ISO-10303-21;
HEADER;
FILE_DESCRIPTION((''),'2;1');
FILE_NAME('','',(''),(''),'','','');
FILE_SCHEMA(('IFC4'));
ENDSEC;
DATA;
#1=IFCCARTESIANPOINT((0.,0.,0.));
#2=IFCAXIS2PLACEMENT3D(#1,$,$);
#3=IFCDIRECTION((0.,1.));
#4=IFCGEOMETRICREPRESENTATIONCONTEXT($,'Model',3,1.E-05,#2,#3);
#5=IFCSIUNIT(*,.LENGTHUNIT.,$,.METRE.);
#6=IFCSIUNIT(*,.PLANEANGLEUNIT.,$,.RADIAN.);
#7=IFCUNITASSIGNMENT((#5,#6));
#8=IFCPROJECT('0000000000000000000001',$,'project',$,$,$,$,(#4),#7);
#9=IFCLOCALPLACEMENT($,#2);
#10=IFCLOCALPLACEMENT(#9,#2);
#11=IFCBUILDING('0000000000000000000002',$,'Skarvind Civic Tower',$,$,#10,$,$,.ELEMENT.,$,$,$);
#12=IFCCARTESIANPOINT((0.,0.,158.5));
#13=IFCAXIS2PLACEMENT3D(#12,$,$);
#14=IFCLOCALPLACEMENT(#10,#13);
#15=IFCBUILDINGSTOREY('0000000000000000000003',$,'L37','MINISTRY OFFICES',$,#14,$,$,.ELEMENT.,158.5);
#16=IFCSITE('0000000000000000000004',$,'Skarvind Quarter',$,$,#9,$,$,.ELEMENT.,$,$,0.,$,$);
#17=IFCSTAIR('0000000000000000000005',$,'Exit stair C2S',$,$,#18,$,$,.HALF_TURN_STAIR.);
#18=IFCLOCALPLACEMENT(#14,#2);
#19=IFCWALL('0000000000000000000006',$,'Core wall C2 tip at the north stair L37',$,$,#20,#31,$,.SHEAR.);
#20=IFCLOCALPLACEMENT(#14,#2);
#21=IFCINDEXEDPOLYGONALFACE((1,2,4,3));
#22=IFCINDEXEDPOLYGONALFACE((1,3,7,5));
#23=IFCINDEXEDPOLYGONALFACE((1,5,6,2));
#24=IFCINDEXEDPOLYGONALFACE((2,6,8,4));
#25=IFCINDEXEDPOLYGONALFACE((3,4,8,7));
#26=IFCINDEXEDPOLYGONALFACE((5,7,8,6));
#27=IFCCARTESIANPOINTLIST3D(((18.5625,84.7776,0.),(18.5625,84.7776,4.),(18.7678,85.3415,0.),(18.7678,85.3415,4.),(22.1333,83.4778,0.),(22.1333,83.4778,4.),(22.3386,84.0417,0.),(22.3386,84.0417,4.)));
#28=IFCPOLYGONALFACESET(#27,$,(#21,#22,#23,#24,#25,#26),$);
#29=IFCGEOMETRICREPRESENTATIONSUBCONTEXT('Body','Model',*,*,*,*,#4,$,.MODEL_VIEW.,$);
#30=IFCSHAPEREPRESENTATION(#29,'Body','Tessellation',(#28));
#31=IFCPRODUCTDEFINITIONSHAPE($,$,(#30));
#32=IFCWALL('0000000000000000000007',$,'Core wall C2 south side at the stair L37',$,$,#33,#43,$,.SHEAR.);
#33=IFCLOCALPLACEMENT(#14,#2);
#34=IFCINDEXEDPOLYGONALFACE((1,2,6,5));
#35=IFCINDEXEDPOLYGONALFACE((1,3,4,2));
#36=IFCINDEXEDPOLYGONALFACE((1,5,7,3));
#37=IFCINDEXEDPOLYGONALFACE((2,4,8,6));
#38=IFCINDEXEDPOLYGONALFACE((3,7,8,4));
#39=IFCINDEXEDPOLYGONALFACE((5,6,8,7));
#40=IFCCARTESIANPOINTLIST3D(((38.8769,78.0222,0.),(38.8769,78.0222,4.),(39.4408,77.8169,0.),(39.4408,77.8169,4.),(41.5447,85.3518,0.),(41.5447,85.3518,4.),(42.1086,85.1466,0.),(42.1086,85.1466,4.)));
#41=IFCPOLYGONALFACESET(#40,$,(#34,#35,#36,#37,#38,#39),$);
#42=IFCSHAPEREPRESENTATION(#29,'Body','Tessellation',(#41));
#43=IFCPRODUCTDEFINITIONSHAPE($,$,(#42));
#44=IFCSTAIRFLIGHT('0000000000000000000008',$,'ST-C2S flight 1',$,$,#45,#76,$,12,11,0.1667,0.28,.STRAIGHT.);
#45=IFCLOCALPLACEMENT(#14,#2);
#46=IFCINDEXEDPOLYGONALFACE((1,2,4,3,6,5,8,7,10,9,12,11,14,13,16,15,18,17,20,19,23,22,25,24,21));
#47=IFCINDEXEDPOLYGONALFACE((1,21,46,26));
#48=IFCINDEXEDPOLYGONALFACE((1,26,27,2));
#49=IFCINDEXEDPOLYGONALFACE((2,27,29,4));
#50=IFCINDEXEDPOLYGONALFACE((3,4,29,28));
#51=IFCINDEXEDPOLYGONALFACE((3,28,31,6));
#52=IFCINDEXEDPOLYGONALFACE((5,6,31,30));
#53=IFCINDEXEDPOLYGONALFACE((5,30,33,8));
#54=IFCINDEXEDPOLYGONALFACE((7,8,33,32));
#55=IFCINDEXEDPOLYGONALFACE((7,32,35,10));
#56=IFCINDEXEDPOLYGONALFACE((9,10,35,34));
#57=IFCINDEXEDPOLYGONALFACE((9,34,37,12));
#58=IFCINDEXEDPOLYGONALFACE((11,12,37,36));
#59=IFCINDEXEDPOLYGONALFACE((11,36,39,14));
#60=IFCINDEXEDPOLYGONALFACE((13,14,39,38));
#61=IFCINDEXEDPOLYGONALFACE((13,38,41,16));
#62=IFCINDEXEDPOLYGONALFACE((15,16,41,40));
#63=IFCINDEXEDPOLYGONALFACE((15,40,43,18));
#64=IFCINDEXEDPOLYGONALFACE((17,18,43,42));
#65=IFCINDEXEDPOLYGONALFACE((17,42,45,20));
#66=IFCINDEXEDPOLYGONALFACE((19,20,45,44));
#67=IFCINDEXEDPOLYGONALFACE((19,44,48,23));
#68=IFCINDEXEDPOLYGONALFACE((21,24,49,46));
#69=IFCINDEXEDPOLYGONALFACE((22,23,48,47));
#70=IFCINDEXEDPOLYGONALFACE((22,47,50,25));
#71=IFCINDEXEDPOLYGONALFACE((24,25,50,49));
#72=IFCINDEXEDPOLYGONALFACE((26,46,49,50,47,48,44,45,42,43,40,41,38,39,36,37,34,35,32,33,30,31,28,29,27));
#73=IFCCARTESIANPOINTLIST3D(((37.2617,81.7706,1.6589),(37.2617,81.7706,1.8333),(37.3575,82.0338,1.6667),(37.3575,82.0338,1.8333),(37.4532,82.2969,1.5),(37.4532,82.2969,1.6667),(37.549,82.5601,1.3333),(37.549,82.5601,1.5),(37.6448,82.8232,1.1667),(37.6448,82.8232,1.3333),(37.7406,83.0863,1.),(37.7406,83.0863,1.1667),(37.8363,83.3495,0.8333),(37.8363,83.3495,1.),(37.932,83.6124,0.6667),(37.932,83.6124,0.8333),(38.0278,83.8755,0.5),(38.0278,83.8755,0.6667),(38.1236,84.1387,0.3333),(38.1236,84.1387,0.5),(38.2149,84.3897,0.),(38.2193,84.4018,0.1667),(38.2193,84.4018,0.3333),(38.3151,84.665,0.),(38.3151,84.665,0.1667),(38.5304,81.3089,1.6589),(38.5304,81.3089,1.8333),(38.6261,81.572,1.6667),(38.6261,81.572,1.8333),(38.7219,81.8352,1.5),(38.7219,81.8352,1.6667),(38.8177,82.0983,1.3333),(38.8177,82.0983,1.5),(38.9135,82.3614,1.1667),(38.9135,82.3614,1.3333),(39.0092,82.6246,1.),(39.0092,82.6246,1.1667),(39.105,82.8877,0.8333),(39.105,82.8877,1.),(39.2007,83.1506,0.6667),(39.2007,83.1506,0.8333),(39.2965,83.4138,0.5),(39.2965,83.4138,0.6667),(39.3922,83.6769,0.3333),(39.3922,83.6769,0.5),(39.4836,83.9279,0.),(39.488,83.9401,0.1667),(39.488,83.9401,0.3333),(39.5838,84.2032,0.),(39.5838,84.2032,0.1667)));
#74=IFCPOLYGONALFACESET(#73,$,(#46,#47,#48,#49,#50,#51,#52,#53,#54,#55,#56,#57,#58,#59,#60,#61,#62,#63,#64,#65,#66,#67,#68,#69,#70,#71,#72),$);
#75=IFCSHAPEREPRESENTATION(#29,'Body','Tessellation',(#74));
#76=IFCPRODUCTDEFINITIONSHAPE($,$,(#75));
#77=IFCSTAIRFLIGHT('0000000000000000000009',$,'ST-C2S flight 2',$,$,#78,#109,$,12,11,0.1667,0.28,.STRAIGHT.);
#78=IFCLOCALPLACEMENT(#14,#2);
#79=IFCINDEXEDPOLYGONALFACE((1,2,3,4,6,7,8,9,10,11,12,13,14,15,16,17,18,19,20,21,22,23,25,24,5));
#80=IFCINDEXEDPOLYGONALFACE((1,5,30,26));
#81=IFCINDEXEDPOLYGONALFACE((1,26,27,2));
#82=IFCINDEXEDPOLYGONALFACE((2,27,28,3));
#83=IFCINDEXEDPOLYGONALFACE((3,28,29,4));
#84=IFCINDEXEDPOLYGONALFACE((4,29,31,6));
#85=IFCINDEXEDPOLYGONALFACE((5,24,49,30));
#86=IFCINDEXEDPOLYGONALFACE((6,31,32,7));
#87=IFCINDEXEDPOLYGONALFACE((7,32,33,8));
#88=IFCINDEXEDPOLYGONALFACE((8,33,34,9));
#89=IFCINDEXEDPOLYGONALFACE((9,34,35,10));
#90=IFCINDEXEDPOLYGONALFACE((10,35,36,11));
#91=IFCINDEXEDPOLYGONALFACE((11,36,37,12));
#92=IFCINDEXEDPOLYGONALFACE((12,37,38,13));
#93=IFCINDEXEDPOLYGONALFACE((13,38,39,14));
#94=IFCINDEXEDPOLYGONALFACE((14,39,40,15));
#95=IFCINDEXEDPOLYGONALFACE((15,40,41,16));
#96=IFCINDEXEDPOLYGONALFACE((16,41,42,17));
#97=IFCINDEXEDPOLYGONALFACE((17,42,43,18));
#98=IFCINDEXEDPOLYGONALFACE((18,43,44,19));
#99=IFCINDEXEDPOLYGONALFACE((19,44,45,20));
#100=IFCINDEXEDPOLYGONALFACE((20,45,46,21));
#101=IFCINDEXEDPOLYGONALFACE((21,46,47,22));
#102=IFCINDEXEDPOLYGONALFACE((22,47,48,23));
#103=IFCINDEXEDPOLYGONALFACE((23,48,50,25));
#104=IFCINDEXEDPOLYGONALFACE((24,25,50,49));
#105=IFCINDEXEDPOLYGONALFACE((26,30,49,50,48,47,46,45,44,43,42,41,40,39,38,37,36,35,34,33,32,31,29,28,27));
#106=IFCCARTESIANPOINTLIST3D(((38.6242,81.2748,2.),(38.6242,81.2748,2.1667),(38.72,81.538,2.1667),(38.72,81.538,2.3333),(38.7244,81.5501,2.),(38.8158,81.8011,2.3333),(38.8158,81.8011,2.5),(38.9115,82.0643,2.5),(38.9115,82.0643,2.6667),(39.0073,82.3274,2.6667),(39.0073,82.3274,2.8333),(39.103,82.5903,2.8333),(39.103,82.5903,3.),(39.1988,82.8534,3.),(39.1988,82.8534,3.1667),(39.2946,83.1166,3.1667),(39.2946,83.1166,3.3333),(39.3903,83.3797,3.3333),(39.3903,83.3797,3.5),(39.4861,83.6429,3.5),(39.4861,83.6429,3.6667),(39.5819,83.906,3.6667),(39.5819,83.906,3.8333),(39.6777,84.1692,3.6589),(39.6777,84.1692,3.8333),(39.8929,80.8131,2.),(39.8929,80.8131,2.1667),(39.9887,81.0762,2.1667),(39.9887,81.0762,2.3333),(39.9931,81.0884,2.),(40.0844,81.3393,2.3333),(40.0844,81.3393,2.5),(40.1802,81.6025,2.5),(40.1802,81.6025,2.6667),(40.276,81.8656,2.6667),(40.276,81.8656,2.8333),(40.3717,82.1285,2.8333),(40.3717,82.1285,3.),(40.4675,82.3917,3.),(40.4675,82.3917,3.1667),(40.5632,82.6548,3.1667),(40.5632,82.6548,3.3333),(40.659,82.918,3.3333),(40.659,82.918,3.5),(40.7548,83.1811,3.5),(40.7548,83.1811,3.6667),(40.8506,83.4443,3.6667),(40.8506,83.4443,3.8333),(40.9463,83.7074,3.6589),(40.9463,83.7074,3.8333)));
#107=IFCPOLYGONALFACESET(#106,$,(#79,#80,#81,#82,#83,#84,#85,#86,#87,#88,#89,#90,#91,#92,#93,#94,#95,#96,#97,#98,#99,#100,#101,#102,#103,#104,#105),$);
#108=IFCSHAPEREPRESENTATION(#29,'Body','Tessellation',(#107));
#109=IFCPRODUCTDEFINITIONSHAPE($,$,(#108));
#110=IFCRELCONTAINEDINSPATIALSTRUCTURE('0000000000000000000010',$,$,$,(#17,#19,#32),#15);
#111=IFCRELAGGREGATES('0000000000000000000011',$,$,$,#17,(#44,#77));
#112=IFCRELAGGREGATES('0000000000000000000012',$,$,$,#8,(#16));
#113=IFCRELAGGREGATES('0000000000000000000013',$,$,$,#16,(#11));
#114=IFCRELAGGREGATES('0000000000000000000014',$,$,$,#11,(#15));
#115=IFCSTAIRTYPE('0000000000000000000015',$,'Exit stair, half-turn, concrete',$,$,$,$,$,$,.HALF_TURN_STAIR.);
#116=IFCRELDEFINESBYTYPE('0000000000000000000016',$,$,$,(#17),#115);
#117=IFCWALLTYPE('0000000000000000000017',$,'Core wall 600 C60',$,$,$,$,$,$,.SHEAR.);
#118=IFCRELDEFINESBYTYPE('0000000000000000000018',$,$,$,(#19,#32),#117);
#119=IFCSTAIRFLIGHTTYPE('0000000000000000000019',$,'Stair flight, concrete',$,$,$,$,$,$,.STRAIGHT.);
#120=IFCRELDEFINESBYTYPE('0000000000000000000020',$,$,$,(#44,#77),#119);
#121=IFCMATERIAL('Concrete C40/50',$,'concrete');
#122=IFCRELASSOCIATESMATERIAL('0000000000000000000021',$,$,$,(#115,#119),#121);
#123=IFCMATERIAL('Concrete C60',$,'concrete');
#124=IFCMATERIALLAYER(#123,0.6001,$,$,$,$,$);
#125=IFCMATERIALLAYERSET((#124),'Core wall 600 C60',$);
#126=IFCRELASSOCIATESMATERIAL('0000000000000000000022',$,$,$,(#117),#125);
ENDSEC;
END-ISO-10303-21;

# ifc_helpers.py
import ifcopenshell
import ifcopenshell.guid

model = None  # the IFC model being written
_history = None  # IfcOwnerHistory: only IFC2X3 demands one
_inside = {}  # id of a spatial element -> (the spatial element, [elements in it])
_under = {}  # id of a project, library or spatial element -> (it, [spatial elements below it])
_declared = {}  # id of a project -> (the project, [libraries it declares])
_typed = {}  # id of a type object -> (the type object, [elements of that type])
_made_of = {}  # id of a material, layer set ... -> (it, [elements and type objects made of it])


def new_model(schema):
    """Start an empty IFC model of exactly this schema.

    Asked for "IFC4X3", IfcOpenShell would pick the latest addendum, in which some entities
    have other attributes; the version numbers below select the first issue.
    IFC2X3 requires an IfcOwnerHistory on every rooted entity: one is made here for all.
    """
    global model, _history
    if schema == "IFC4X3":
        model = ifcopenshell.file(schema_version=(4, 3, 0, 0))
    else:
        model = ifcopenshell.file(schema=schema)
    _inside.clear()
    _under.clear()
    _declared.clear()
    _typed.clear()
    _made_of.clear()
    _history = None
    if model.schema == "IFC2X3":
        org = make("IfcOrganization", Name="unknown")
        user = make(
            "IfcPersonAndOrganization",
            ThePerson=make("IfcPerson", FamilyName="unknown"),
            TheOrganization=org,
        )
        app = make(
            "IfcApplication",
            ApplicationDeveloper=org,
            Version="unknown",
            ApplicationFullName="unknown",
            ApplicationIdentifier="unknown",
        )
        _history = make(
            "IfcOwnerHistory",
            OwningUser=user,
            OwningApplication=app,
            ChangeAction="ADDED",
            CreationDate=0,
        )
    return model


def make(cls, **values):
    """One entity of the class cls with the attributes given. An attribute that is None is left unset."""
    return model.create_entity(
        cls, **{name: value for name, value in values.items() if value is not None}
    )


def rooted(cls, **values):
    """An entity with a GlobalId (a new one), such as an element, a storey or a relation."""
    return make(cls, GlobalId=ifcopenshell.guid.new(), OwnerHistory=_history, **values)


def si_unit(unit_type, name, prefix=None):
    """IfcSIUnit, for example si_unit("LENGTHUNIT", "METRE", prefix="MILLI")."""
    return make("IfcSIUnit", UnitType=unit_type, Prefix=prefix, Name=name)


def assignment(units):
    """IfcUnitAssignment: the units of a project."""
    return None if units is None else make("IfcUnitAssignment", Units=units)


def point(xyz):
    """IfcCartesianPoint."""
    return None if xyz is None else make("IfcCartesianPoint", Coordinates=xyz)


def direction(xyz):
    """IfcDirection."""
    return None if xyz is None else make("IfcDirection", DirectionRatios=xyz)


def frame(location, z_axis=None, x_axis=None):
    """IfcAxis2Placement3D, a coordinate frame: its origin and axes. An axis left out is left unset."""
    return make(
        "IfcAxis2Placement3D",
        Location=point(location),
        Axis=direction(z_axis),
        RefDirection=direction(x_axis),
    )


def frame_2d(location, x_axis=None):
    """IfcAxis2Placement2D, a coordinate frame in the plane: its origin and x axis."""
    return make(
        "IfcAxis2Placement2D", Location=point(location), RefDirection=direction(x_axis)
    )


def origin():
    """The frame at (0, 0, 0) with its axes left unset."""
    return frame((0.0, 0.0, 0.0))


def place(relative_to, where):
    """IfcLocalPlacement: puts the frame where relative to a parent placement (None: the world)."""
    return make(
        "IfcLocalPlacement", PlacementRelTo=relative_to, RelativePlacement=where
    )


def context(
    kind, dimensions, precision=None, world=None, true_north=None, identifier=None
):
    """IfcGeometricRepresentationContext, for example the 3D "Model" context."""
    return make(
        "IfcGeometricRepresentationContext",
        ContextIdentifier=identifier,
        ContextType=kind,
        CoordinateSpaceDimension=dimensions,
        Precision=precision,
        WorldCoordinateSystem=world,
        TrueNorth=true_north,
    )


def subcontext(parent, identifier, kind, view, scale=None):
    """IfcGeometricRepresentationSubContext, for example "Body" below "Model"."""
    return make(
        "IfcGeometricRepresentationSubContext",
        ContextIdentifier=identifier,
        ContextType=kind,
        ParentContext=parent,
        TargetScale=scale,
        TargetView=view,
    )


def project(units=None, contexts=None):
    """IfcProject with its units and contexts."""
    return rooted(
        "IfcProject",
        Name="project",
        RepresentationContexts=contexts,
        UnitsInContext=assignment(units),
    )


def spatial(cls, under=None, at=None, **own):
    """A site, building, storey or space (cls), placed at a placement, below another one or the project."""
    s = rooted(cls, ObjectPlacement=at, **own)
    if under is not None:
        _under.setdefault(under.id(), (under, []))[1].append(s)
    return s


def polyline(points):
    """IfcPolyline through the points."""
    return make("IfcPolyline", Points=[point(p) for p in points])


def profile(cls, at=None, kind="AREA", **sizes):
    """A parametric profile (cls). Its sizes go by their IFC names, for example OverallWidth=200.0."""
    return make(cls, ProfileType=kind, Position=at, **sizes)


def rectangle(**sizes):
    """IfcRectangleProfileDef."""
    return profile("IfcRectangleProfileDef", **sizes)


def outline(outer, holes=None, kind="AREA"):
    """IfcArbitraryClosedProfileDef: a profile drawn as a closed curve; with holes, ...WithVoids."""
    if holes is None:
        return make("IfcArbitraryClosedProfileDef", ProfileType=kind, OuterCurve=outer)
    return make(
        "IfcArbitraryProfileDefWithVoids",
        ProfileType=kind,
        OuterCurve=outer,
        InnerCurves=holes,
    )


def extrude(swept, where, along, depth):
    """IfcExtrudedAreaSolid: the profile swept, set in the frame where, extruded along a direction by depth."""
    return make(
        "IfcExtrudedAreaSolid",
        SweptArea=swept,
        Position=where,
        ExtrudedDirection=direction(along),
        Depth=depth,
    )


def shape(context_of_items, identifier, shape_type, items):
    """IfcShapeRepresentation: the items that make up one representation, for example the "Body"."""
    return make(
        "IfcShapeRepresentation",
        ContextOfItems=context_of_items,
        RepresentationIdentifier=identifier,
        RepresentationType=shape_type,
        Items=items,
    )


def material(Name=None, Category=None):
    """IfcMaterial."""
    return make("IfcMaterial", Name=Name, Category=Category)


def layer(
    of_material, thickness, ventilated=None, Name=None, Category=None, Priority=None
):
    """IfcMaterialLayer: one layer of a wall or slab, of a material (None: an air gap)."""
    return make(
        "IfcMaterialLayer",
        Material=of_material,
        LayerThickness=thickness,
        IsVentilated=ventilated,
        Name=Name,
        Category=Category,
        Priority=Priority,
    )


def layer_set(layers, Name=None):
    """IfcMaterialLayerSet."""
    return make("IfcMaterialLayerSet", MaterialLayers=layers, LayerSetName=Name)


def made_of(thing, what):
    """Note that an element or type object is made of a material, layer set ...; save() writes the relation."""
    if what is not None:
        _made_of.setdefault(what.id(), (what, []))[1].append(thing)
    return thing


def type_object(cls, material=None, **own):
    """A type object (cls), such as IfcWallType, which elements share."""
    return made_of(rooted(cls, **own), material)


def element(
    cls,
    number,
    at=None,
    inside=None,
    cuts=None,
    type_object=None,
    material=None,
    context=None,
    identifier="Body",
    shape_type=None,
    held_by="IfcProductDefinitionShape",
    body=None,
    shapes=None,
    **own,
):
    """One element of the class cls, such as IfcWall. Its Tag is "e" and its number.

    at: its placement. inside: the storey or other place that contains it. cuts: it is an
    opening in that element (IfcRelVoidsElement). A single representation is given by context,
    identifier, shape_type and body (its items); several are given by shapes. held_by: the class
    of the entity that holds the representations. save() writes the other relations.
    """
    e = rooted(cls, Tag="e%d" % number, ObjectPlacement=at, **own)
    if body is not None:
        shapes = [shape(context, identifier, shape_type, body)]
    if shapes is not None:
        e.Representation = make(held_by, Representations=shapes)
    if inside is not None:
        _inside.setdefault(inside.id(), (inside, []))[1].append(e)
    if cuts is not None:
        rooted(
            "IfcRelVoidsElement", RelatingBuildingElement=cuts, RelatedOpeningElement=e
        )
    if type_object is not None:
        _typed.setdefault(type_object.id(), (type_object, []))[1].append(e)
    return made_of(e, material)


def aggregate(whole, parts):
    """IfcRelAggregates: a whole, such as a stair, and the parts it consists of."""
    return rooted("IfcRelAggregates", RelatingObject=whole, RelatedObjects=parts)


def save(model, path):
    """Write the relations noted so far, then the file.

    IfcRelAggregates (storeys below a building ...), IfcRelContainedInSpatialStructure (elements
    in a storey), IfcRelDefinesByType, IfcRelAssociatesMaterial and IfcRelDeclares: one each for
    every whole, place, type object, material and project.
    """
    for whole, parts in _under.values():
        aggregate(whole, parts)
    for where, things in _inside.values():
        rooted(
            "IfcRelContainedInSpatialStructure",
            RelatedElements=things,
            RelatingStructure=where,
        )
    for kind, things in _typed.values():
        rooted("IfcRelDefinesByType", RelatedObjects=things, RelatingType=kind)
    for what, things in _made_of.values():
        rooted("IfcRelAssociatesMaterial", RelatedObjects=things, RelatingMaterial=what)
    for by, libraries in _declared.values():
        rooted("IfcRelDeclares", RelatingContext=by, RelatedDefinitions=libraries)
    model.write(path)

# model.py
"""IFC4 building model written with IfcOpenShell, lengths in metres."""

from ifc_helpers import new_model, si_unit, direction, frame, frame_2d, origin, place, context, subcontext, project, spatial, polyline, rectangle, outline, extrude, material, layer, layer_set, type_object, element, aggregate, save


model = new_model("IFC4")

# Units and contexts
model_context = context("Model", 3, precision=1e-05, world=origin(), true_north=direction((0.0, 1.0)))
body_context = subcontext(model_context, "Body", "Model", "MODEL_VIEW")
ifc_project = project(units=[si_unit("LENGTHUNIT", "METRE"), si_unit("PLANEANGLEUNIT", "RADIAN")], contexts=[model_context])

# Site, building, storey
site_placement = place(None, origin())
site = spatial("IfcSite", under=ifc_project, at=site_placement, Name="Skarvind Quarter", CompositionType="ELEMENT", RefElevation=0.0)
building_placement = place(site_placement, origin())
building = spatial("IfcBuilding", under=site, at=building_placement, Name="Skarvind Civic Tower", CompositionType="ELEMENT")
storey_placement = place(building_placement, frame((0.0, 0.0, 158.5)))
storey = spatial("IfcBuildingStorey", under=building, at=storey_placement, Name="L37", Description="MINISTRY OFFICES", CompositionType="ELEMENT", Elevation=158.5)

# Shared definitions
ifc_material_1 = material(Name="Concrete C40/50", Category="concrete")

# Stair
stair_type_1 = type_object("IfcStairType", Name="Exit stair, half-turn, concrete", PredefinedType="HALF_TURN_STAIR", material=ifc_material_1)
stair_1_placement = place(storey_placement, origin())
stair_1 = element("IfcStair", 1, at=stair_1_placement, inside=storey, type_object=stair_type_1, Name="Exit stair C2S", PredefinedType="HALF_TURN_STAIR")

# Shared definitions
ifc_material_2 = material(Name="Concrete C60", Category="concrete")

# Walls
ifc_layer_1 = layer(ifc_material_2, 0.6001)
ifc_layer_set_1 = layer_set([ifc_layer_1], Name="Core wall 600 C60")
wall_type_1 = type_object("IfcWallType", Name="Core wall 600 C60", PredefinedType="SHEAR", material=ifc_layer_set_1)
for number, where, z_axis, x_axis, name in (
    (2, (22.2358, 83.7598, 0.0), (0.0, 0.0, 1.0), (-0.939681, 0.342053, 0.0), "Core wall C2 tip at the north stair L37"),
):
    element("IfcWall", number, at=place(storey_placement, frame(where, z_axis=z_axis, x_axis=x_axis)), inside=storey, type_object=wall_type_1, Name=name, PredefinedType="SHEAR", context=body_context, shape_type="SweptSolid", body=[
        extrude(rectangle(XDim=3.8, YDim=0.6001, at=frame_2d((1.8999, 0.0))), origin(), (0.0, 0.0, 1.0), 4.0),
    ])
wall_1_placement = place(storey_placement, frame((39.1589, 77.9197, 0.0), z_axis=(0.0, 0.0, 1.0), x_axis=(0.342017, 0.939694, 0.0)))
element("IfcWall", 3, at=wall_1_placement, inside=storey, type_object=wall_type_1, Name="Core wall C2 south side at the stair L37", PredefinedType="SHEAR", context=body_context, shape_type="SweptSolid", body=[
    extrude(rectangle(XDim=7.8, YDim=0.6001, at=frame_2d((3.8999, 0.0))), origin(), (0.0, 0.0, 1.0), 4.0),
])

# Stair flights
stair_flight_type = type_object("IfcStairFlightType", Name="Stair flight, concrete", PredefinedType="STRAIGHT", material=ifc_material_1)
stair_flight_1_placement = place(storey_placement, frame((38.9495, 84.4341, 0.0), z_axis=(0.0, 0.0, 1.0), x_axis=(-0.34202, -0.939693, 0.0)))
stair_flight_1 = element("IfcStairFlight", 4, at=stair_flight_1_placement, type_object=stair_flight_type, Name="ST-C2S flight 1", NumberOfRisers=12, NumberOfTreads=11, PredefinedType="STRAIGHT", RiserHeight=0.1667, TreadLength=0.28, context=body_context, shape_type="SweptSolid", body=[
    extrude(outline(polyline([(0.0, 0.0), (0.0, 0.1667), (0.28, 0.1667), (0.28, 0.3333), (0.5601, 0.3333), (0.5601, 0.5), (0.8401, 0.5), (0.8401, 0.6667), (1.1201, 0.6667), (1.1201, 0.8333), (1.3999, 0.8333), (1.3999, 1.0), (1.6799, 1.0), (1.6799, 1.1667), (1.96, 1.1667), (1.96, 1.3333), (2.24, 1.3333), (2.24, 1.5), (2.52, 1.5), (2.52, 1.6667), (2.8, 1.6667), (2.8, 1.8333), (3.0801, 1.8333), (3.0801, 2.0), (3.0801, 1.6589), (0.293, 0.0), (0.0, 0.0)])), frame((0.0, 0.675, 0.0), z_axis=(0.0, -1.0, 0.0), x_axis=(1.0, 0.0, 0.0)), (0.0, 0.0, 1.0), 1.3501),
])
stair_flight_2_placement = place(storey_placement, frame((39.2585, 81.0439, 2.0), z_axis=(0.0, 0.0, 1.0), x_axis=(0.34202, 0.939693, 0.0)))
stair_flight_2 = element("IfcStairFlight", 5, at=stair_flight_2_placement, type_object=stair_flight_type, Name="ST-C2S flight 2", NumberOfRisers=12, NumberOfTreads=11, PredefinedType="STRAIGHT", RiserHeight=0.1667, TreadLength=0.28, context=body_context, shape_type="SweptSolid", body=[
    extrude(outline(polyline([(0.0, 0.0), (0.0, 0.1667), (0.28, 0.1667), (0.28, 0.3333), (0.5601, 0.3333), (0.5601, 0.5), (0.8401, 0.5), (0.8401, 0.6667), (1.1201, 0.6667), (1.1201, 0.8333), (1.3999, 0.8333), (1.3999, 1.0), (1.6799, 1.0), (1.6799, 1.1667), (1.96, 1.1667), (1.96, 1.3333), (2.24, 1.3333), (2.24, 1.5), (2.52, 1.5), (2.52, 1.6667), (2.8, 1.6667), (2.8, 1.8333), (3.0801, 1.8333), (3.0801, 2.0), (3.0801, 1.6589), (0.293, 0.0), (0.0, 0.0)])), frame((0.0, 0.675, 0.0), z_axis=(0.0, -1.0, 0.0), x_axis=(1.0, 0.0, 0.0)), (0.0, 0.0, 1.0), 1.3501),
])
aggregate(stair_1, [stair_flight_1, stair_flight_2])

save(model, "model.ifc")
